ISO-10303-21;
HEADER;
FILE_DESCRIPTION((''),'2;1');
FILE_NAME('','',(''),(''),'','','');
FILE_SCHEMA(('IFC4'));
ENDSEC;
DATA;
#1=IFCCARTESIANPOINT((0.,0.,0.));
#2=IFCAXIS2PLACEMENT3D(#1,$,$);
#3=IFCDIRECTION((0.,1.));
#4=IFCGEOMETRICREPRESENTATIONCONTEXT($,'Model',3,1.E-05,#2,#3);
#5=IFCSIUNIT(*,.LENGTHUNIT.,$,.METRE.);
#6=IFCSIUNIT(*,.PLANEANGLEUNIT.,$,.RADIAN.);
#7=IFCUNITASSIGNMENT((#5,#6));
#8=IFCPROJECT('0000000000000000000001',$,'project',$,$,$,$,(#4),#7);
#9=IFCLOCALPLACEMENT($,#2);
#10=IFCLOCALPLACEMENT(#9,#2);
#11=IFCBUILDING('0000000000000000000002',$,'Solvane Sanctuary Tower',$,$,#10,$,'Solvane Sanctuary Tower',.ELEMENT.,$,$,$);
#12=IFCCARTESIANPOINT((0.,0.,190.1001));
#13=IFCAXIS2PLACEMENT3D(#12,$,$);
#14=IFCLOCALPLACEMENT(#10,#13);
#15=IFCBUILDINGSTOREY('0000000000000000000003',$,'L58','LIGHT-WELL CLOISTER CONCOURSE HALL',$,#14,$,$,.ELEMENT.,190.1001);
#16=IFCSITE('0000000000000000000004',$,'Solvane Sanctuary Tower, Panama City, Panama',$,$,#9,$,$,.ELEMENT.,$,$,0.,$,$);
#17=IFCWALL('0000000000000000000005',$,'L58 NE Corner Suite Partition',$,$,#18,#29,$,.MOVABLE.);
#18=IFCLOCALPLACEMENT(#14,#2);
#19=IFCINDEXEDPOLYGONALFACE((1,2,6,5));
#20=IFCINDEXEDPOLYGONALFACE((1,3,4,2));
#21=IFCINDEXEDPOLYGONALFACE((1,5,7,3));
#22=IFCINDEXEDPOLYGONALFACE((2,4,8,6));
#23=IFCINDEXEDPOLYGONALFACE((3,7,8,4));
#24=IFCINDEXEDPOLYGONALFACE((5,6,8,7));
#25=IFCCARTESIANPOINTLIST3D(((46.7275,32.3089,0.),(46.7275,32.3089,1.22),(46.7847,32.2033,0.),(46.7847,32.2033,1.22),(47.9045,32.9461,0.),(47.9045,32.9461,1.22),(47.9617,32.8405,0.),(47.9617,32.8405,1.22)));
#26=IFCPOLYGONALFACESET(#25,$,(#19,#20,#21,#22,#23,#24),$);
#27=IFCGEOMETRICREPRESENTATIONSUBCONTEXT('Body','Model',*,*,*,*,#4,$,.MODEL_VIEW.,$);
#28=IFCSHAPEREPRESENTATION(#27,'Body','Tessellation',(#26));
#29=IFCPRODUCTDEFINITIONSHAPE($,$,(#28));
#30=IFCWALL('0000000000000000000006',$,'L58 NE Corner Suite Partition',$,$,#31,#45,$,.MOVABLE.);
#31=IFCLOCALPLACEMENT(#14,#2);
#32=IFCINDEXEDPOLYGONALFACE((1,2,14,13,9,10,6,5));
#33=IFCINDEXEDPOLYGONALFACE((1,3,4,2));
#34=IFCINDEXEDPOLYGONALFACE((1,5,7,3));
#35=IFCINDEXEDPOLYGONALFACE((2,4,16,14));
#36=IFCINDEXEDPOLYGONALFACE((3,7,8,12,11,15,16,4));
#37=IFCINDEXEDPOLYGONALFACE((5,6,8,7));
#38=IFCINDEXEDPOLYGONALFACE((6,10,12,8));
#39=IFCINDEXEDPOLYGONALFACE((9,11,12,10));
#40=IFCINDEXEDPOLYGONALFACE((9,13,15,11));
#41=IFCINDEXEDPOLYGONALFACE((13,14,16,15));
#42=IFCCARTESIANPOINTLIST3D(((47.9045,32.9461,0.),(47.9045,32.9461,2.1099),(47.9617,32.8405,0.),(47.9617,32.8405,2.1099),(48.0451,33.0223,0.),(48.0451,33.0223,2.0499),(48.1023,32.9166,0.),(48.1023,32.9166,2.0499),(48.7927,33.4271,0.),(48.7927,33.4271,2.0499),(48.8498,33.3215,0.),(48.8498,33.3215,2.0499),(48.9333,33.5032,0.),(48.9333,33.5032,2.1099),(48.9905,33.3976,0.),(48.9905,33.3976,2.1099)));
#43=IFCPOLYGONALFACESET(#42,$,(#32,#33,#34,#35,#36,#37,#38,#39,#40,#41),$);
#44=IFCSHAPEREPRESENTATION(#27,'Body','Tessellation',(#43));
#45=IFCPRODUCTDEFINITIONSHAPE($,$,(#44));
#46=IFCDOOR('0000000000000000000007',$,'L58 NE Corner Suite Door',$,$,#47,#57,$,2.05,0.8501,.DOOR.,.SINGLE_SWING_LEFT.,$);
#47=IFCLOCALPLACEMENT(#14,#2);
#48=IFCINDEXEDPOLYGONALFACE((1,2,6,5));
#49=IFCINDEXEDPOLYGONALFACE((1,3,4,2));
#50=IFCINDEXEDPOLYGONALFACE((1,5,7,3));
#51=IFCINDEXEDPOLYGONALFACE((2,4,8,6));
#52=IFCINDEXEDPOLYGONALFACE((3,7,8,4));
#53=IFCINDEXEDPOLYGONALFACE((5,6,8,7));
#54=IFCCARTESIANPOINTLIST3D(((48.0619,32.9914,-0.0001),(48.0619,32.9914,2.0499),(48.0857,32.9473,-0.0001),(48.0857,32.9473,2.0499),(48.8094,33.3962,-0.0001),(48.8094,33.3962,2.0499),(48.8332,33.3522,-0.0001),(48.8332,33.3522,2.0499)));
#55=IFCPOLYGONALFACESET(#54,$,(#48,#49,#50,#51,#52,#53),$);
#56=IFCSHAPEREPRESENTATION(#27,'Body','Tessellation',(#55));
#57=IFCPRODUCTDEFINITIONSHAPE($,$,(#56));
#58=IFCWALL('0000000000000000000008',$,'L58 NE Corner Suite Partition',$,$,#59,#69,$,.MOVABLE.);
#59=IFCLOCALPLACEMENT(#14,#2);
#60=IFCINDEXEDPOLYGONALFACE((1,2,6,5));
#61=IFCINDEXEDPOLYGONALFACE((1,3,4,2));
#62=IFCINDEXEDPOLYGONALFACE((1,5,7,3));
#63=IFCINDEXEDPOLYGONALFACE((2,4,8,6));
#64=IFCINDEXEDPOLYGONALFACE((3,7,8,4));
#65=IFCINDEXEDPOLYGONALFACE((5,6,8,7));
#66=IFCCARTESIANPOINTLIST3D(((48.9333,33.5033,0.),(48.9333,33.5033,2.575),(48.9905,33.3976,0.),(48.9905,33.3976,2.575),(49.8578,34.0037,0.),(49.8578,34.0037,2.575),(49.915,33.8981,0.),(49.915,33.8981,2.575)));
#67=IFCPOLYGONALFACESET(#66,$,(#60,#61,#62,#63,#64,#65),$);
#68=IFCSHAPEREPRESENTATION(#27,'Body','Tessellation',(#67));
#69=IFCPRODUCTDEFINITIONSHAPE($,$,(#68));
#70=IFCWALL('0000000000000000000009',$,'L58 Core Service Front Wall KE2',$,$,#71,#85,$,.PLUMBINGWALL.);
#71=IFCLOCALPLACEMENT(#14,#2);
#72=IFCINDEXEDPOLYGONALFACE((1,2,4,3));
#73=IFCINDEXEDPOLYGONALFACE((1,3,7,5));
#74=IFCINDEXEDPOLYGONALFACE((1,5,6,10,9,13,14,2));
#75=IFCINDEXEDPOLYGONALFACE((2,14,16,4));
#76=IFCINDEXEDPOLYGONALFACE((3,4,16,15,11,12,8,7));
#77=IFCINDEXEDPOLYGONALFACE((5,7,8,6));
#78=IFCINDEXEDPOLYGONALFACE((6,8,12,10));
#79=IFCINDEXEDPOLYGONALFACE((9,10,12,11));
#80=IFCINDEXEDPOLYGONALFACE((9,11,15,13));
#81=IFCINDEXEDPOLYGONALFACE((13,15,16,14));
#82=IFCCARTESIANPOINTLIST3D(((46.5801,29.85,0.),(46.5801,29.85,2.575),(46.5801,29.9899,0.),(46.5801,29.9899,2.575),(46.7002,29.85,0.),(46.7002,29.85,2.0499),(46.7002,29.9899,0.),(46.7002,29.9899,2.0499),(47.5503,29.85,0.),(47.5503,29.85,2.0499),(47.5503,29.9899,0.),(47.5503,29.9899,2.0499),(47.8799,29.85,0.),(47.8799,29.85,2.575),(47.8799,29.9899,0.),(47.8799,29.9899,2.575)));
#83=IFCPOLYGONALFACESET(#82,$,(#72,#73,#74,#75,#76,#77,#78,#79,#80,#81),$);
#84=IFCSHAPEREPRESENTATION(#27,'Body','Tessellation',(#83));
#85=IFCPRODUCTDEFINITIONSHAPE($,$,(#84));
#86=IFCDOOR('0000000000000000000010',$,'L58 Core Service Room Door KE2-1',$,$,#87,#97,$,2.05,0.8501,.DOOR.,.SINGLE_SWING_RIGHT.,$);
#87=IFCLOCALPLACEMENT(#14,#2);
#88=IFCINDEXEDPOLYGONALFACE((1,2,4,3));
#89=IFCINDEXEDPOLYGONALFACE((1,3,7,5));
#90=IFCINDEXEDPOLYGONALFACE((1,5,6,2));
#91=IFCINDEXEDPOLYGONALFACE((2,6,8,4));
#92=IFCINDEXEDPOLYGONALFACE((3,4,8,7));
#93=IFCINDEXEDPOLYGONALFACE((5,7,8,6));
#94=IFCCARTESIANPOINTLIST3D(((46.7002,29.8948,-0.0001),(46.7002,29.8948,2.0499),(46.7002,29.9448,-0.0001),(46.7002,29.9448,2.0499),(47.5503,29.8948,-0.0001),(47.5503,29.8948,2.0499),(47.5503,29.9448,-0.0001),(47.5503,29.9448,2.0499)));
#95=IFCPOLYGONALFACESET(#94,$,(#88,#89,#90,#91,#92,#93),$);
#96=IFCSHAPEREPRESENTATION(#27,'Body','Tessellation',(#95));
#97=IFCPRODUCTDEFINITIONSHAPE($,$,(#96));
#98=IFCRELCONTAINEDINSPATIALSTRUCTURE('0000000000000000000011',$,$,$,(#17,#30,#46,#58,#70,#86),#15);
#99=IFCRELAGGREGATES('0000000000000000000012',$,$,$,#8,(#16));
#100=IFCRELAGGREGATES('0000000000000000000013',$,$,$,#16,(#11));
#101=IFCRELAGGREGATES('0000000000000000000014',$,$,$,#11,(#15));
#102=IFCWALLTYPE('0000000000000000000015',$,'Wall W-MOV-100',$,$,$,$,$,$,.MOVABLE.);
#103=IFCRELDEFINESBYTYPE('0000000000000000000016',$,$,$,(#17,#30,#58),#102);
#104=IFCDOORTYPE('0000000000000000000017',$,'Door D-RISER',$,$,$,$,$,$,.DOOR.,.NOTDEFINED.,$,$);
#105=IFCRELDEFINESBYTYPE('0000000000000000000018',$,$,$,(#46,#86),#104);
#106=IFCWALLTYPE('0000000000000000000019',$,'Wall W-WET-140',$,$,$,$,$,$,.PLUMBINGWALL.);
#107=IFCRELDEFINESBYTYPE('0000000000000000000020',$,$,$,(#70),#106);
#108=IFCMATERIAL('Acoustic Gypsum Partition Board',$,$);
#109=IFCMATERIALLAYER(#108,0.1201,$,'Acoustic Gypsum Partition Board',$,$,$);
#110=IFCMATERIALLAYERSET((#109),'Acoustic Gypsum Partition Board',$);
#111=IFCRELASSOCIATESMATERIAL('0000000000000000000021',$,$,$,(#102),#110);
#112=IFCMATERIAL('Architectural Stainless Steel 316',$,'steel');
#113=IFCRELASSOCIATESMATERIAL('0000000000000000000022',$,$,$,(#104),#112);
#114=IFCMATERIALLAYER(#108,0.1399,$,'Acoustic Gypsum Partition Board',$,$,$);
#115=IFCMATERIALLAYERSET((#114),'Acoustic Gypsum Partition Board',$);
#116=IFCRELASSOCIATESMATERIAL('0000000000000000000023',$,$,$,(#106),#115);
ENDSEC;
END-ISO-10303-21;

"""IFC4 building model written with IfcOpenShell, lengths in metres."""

from ifc_helpers import new_model, si_unit, direction, frame, frame_2d, origin, place, context, subcontext, project, spatial, rectangle, extrude, material, layer, layer_set, type_object, element, fill, save


model = new_model("IFC4")

# Units and contexts
model_context = context("Model", 3, precision=1e-05, world=origin(), true_north=direction((0.0, 1.0)))
body_context = subcontext(model_context, "Body", "Model", "MODEL_VIEW")
ifc_project = project(units=[si_unit("LENGTHUNIT", "METRE"), si_unit("PLANEANGLEUNIT", "RADIAN")], contexts=[model_context])

# Site, building, storey
site_placement = place(None, origin())
site = spatial("IfcSite", under=ifc_project, at=site_placement, Name="Solvane Sanctuary Tower, Panama City, Panama", CompositionType="ELEMENT", RefElevation=0.0)
building_placement = place(site_placement, origin())
building = spatial("IfcBuilding", under=site, at=building_placement, Name="Solvane Sanctuary Tower", LongName="Solvane Sanctuary Tower", CompositionType="ELEMENT")
storey_placement = place(building_placement, frame((0.0, 0.0, 190.1001)))
storey = spatial("IfcBuildingStorey", under=building, at=storey_placement, Name="L58", Description="LIGHT-WELL CLOISTER CONCOURSE HALL", CompositionType="ELEMENT", Elevation=190.1001)

# Shared definitions
ifc_material_1 = material(Name="Acoustic Gypsum Partition Board")

# Wall
ifc_layer_1 = layer(ifc_material_1, 0.1201, Name="Acoustic Gypsum Partition Board")
ifc_layer_set_1 = layer_set([ifc_layer_1], Name="Acoustic Gypsum Partition Board")
wall_type_1 = type_object("IfcWallType", Name="Wall W-MOV-100", PredefinedType="MOVABLE", material=ifc_layer_set_1)
wall_1_placement = place(storey_placement, frame((46.7561, 32.2561, 0.0), z_axis=(0.0, 0.0, 1.0), x_axis=(0.879397, 0.476089, 0.0)))
element("IfcWall", 1, at=wall_1_placement, inside=storey, type_object=wall_type_1, Name="L58 NE Corner Suite Partition", PredefinedType="MOVABLE", context=body_context, shape_type="SweptSolid", body=[
    extrude(rectangle(XDim=1.3384, YDim=0.1201, at=frame_2d((0.6692, 0.0))), origin(), (0.0, 0.0, 1.0), 1.22),
])

# Wall, opening, door
wall_2_placement = place(storey_placement, frame((47.9331, 32.8933, 0.0), z_axis=(0.0, 0.0, 1.0), x_axis=(0.879343, 0.476189, 0.0)))
wall_2 = element("IfcWall", 2, at=wall_2_placement, inside=storey, type_object=wall_type_1, Name="L58 NE Corner Suite Partition", PredefinedType="MOVABLE", context=body_context, shape_type="SweptSolid", body=[
    extrude(rectangle(XDim=1.1699, YDim=0.1201, at=frame_2d((0.585, 0.0))), origin(), (0.0, 0.0, 1.0), 2.1099),
])
opening_1_placement = place(wall_2_placement, frame((0.1599, 0.0, 0.0)))
opening_1 = element("IfcOpeningElement", 3, at=opening_1_placement, cuts=wall_2, PredefinedType="OPENING", context=body_context, shape_type="SweptSolid", body=[
    extrude(rectangle(XDim=0.8501, YDim=2.05, at=frame_2d((0.425, 1.0249))), frame((0.0, 0.0701, 0.0), z_axis=(0.0, -1.0, 0.0), x_axis=(1.0, 0.0, 0.0)), (0.0, 0.0, 1.0), 0.1401),
])
ifc_material_2 = material(Name="Architectural Stainless Steel 316", Category="steel")
door_type_1 = type_object("IfcDoorType", Name="Door D-RISER", OperationType="NOTDEFINED", PredefinedType="DOOR", material=ifc_material_2)
door_1_placement = place(opening_1_placement, origin())
door_1 = element("IfcDoor", 4, at=door_1_placement, inside=storey, type_object=door_type_1, Name="L58 NE Corner Suite Door", OperationType="SINGLE_SWING_LEFT", OverallHeight=2.05, OverallWidth=0.8501, PredefinedType="DOOR", context=body_context, shape_type="SweptSolid", body=[
    extrude(rectangle(XDim=0.8501, YDim=2.05, at=frame_2d((0.425, 1.0249))), frame((0.0, 0.0249, 0.0), z_axis=(0.0, -1.0, 0.0), x_axis=(1.0, 0.0, 0.0)), (0.0, 0.0, 1.0), 0.05),
])
fill(opening_1, door_1)

# Wall
wall_3_placement = place(storey_placement, frame((48.9619, 33.4504, 0.0), z_axis=(0.0, 0.0, 1.0), x_axis=(0.879418, 0.476051, 0.0)))
element("IfcWall", 5, at=wall_3_placement, inside=storey, type_object=wall_type_1, Name="L58 NE Corner Suite Partition", PredefinedType="MOVABLE", context=body_context, shape_type="SweptSolid", body=[
    extrude(rectangle(XDim=1.0513, YDim=0.1201, at=frame_2d((0.5256, 0.0))), origin(), (0.0, 0.0, 1.0), 2.575),
])

# Wall, opening, door
ifc_layer_2 = layer(ifc_material_1, 0.1399, Name="Acoustic Gypsum Partition Board")
ifc_layer_set_2 = layer_set([ifc_layer_2], Name="Acoustic Gypsum Partition Board")
wall_type_2 = type_object("IfcWallType", Name="Wall W-WET-140", PredefinedType="PLUMBINGWALL", material=ifc_layer_set_2)
wall_4_placement = place(storey_placement, frame((46.5801, 29.9199, 0.0), z_axis=(0.0, 0.0, 1.0), x_axis=(1.0, 0.0, 0.0)))
wall_4 = element("IfcWall", 6, at=wall_4_placement, inside=storey, type_object=wall_type_2, Name="L58 Core Service Front Wall KE2", PredefinedType="PLUMBINGWALL", context=body_context, shape_type="SweptSolid", body=[
    extrude(rectangle(XDim=1.2998, YDim=0.1399, at=frame_2d((0.6499, 0.0))), origin(), (0.0, 0.0, 1.0), 2.575),
])
opening_2_placement = place(wall_4_placement, frame((0.1201, 0.0, 0.0)))
opening_2 = element("IfcOpeningElement", 7, at=opening_2_placement, cuts=wall_4, PredefinedType="OPENING", context=body_context, shape_type="SweptSolid", body=[
    extrude(rectangle(XDim=0.8501, YDim=2.05, at=frame_2d((0.425, 1.0249))), frame((0.0, 0.0798, 0.0), z_axis=(0.0, -1.0, 0.0), x_axis=(1.0, 0.0, 0.0)), (0.0, 0.0, 1.0), 0.1599),
])
door_2_placement = place(opening_2_placement, origin())
door_2 = element("IfcDoor", 8, at=door_2_placement, inside=storey, type_object=door_type_1, Name="L58 Core Service Room Door KE2-1", OperationType="SINGLE_SWING_RIGHT", OverallHeight=2.05, OverallWidth=0.8501, PredefinedType="DOOR", context=body_context, shape_type="SweptSolid", body=[
    extrude(rectangle(XDim=0.8501, YDim=2.05, at=frame_2d((0.425, 1.0249))), frame((0.0, 0.0249, 0.0), z_axis=(0.0, -1.0, 0.0), x_axis=(1.0, 0.0, 0.0)), (0.0, 0.0, 1.0), 0.05),
])
fill(opening_2, door_2)

save(model, "model.ifc")
